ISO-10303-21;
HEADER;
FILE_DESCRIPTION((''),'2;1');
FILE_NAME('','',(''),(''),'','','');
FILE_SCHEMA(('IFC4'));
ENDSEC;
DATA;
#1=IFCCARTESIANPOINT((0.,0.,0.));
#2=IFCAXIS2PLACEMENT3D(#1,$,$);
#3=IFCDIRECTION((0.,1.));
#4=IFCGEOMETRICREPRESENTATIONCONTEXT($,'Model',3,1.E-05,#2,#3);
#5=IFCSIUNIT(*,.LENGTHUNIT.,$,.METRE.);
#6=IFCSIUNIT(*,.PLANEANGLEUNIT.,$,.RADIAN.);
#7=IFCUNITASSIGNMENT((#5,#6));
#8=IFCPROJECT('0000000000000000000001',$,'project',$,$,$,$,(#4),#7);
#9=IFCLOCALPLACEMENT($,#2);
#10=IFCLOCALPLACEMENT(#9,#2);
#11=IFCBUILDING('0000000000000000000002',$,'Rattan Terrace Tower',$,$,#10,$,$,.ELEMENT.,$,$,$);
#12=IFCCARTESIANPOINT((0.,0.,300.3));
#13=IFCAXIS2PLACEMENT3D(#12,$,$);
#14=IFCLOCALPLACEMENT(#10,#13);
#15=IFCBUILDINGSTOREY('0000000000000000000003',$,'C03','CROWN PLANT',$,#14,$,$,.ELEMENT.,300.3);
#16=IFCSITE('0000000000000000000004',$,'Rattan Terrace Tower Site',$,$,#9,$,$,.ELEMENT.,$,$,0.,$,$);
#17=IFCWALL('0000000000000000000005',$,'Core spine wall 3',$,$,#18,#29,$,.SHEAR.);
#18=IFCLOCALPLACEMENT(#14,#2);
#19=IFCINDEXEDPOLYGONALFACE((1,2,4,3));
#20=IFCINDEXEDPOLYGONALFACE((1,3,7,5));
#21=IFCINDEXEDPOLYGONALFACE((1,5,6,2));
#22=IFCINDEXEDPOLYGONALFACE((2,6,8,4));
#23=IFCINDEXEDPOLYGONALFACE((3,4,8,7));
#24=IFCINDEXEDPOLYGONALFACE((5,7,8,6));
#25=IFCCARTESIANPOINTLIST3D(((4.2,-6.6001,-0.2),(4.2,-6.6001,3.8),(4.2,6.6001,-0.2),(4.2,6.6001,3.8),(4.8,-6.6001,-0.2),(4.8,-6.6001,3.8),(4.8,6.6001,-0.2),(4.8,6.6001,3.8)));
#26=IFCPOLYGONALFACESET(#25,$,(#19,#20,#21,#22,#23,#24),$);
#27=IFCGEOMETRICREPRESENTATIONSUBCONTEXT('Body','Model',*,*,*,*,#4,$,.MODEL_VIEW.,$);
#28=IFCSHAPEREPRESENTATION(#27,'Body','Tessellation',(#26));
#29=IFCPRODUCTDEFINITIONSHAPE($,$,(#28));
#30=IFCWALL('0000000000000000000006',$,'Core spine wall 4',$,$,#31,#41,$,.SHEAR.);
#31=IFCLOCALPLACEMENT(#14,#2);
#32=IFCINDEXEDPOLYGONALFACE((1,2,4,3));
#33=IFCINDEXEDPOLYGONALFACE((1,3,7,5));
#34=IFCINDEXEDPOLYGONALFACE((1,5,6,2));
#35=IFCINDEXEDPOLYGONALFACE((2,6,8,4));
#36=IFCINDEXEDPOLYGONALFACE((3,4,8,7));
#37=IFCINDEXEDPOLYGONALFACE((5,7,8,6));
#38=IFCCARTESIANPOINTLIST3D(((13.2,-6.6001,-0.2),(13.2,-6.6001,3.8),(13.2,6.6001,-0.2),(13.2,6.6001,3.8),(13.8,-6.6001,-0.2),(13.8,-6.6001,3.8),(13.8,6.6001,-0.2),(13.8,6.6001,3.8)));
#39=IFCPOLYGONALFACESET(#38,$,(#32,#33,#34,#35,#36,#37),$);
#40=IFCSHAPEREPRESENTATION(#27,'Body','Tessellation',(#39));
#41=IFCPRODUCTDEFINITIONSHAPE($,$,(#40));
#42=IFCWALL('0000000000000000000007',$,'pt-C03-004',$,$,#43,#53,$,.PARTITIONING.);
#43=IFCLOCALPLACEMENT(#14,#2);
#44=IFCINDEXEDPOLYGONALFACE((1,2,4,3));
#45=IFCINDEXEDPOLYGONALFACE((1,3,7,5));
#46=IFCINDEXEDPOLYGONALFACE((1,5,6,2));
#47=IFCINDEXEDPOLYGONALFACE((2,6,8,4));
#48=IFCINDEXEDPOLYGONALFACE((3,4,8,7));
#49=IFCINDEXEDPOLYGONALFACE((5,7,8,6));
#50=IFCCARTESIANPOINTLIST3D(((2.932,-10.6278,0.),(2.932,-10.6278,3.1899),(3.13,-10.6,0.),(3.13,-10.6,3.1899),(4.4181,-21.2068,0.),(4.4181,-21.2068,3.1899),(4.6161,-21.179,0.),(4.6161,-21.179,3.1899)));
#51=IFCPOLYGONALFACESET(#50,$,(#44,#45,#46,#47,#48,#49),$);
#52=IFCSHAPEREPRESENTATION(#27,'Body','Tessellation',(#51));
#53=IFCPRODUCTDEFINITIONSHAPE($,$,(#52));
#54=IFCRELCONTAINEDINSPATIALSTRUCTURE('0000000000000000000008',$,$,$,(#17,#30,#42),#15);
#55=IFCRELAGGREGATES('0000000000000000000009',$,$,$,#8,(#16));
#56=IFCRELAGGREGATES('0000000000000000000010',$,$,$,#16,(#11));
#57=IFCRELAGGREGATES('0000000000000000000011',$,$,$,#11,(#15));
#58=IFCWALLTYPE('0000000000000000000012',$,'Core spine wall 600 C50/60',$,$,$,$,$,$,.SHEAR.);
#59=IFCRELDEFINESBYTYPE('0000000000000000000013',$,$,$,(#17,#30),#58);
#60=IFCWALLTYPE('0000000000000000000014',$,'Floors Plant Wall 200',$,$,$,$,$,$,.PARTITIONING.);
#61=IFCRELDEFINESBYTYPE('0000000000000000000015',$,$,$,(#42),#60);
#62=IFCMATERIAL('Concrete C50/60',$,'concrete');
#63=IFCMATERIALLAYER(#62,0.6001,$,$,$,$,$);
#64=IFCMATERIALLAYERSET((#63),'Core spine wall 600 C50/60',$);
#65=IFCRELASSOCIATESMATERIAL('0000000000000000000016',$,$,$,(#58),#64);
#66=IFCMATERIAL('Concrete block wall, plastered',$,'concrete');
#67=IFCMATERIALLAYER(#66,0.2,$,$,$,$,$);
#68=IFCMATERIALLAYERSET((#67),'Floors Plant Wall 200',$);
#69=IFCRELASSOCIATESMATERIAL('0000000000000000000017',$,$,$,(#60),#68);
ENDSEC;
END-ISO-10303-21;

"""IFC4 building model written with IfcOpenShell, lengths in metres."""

from ifc_helpers import new_model, si_unit, direction, frame, frame_2d, origin, place, context, subcontext, project, spatial, rectangle, extrude, material, layer, layer_set, type_object, element, save


model = new_model("IFC4")

# Units and contexts
model_context = context("Model", 3, precision=1e-05, world=origin(), true_north=direction((0.0, 1.0)))
body_context = subcontext(model_context, "Body", "Model", "MODEL_VIEW")
ifc_project = project(units=[si_unit("LENGTHUNIT", "METRE"), si_unit("PLANEANGLEUNIT", "RADIAN")], contexts=[model_context])

# Site, building, storey
site_placement = place(None, origin())
site = spatial("IfcSite", under=ifc_project, at=site_placement, Name="Rattan Terrace Tower Site", CompositionType="ELEMENT", RefElevation=0.0)
building_placement = place(site_placement, origin())
building = spatial("IfcBuilding", under=site, at=building_placement, Name="Rattan Terrace Tower", CompositionType="ELEMENT")
storey_placement = place(building_placement, frame((0.0, 0.0, 300.3)))
storey = spatial("IfcBuildingStorey", under=building, at=storey_placement, Name="C03", Description="CROWN PLANT", CompositionType="ELEMENT", Elevation=300.3)

# Walls
ifc_material_1 = material(Name="Concrete C50/60", Category="concrete")
ifc_layer_1 = layer(ifc_material_1, 0.6001)
ifc_layer_set_1 = layer_set([ifc_layer_1], Name="Core spine wall 600 C50/60")
wall_type_1 = type_object("IfcWallType", Name="Core spine wall 600 C50/60", PredefinedType="SHEAR", material=ifc_layer_set_1)
for number, where, z_axis, x_axis, name in (
    (1, (4.5, -6.6001, -0.2), (0.0, 0.0, 1.0), (0.0, 1.0, 0.0), "Core spine wall 3"),
    (2, (13.5, -6.6001, -0.2), (0.0, 0.0, 1.0), (0.0, 1.0, 0.0), "Core spine wall 4"),
):
    element("IfcWall", number, at=place(storey_placement, frame(where, z_axis=z_axis, x_axis=x_axis)), inside=storey, type_object=wall_type_1, Name=name, PredefinedType="SHEAR", context=body_context, shape_type="SweptSolid", body=[
        extrude(rectangle(XDim=13.2002, YDim=0.6001, at=frame_2d((6.6001, 0.0))), origin(), (0.0, 0.0, 1.0), 4.0),
    ])
ifc_material_2 = material(Name="Concrete block wall, plastered", Category="concrete")
ifc_layer_2 = layer(ifc_material_2, 0.2)
ifc_layer_set_2 = layer_set([ifc_layer_2], Name="Floors Plant Wall 200")
wall_type_2 = type_object("IfcWallType", Name="Floors Plant Wall 200", PredefinedType="PARTITIONING", material=ifc_layer_set_2)
wall_1_placement = place(storey_placement, frame((3.031, -10.614, 0.0), z_axis=(0.0, 0.0, 1.0), x_axis=(0.139108, -0.990277, 0.0)))
element("IfcWall", 3, at=wall_1_placement, inside=storey, type_object=wall_type_2, Name="pt-C03-004", PredefinedType="PARTITIONING", context=body_context, shape_type="SweptSolid", body=[
    extrude(rectangle(XDim=10.6829, YDim=0.2, at=frame_2d((5.3413, 0.0))), origin(), (0.0, 0.0, 1.0), 3.1899),
])

save(model, "model.ifc")
